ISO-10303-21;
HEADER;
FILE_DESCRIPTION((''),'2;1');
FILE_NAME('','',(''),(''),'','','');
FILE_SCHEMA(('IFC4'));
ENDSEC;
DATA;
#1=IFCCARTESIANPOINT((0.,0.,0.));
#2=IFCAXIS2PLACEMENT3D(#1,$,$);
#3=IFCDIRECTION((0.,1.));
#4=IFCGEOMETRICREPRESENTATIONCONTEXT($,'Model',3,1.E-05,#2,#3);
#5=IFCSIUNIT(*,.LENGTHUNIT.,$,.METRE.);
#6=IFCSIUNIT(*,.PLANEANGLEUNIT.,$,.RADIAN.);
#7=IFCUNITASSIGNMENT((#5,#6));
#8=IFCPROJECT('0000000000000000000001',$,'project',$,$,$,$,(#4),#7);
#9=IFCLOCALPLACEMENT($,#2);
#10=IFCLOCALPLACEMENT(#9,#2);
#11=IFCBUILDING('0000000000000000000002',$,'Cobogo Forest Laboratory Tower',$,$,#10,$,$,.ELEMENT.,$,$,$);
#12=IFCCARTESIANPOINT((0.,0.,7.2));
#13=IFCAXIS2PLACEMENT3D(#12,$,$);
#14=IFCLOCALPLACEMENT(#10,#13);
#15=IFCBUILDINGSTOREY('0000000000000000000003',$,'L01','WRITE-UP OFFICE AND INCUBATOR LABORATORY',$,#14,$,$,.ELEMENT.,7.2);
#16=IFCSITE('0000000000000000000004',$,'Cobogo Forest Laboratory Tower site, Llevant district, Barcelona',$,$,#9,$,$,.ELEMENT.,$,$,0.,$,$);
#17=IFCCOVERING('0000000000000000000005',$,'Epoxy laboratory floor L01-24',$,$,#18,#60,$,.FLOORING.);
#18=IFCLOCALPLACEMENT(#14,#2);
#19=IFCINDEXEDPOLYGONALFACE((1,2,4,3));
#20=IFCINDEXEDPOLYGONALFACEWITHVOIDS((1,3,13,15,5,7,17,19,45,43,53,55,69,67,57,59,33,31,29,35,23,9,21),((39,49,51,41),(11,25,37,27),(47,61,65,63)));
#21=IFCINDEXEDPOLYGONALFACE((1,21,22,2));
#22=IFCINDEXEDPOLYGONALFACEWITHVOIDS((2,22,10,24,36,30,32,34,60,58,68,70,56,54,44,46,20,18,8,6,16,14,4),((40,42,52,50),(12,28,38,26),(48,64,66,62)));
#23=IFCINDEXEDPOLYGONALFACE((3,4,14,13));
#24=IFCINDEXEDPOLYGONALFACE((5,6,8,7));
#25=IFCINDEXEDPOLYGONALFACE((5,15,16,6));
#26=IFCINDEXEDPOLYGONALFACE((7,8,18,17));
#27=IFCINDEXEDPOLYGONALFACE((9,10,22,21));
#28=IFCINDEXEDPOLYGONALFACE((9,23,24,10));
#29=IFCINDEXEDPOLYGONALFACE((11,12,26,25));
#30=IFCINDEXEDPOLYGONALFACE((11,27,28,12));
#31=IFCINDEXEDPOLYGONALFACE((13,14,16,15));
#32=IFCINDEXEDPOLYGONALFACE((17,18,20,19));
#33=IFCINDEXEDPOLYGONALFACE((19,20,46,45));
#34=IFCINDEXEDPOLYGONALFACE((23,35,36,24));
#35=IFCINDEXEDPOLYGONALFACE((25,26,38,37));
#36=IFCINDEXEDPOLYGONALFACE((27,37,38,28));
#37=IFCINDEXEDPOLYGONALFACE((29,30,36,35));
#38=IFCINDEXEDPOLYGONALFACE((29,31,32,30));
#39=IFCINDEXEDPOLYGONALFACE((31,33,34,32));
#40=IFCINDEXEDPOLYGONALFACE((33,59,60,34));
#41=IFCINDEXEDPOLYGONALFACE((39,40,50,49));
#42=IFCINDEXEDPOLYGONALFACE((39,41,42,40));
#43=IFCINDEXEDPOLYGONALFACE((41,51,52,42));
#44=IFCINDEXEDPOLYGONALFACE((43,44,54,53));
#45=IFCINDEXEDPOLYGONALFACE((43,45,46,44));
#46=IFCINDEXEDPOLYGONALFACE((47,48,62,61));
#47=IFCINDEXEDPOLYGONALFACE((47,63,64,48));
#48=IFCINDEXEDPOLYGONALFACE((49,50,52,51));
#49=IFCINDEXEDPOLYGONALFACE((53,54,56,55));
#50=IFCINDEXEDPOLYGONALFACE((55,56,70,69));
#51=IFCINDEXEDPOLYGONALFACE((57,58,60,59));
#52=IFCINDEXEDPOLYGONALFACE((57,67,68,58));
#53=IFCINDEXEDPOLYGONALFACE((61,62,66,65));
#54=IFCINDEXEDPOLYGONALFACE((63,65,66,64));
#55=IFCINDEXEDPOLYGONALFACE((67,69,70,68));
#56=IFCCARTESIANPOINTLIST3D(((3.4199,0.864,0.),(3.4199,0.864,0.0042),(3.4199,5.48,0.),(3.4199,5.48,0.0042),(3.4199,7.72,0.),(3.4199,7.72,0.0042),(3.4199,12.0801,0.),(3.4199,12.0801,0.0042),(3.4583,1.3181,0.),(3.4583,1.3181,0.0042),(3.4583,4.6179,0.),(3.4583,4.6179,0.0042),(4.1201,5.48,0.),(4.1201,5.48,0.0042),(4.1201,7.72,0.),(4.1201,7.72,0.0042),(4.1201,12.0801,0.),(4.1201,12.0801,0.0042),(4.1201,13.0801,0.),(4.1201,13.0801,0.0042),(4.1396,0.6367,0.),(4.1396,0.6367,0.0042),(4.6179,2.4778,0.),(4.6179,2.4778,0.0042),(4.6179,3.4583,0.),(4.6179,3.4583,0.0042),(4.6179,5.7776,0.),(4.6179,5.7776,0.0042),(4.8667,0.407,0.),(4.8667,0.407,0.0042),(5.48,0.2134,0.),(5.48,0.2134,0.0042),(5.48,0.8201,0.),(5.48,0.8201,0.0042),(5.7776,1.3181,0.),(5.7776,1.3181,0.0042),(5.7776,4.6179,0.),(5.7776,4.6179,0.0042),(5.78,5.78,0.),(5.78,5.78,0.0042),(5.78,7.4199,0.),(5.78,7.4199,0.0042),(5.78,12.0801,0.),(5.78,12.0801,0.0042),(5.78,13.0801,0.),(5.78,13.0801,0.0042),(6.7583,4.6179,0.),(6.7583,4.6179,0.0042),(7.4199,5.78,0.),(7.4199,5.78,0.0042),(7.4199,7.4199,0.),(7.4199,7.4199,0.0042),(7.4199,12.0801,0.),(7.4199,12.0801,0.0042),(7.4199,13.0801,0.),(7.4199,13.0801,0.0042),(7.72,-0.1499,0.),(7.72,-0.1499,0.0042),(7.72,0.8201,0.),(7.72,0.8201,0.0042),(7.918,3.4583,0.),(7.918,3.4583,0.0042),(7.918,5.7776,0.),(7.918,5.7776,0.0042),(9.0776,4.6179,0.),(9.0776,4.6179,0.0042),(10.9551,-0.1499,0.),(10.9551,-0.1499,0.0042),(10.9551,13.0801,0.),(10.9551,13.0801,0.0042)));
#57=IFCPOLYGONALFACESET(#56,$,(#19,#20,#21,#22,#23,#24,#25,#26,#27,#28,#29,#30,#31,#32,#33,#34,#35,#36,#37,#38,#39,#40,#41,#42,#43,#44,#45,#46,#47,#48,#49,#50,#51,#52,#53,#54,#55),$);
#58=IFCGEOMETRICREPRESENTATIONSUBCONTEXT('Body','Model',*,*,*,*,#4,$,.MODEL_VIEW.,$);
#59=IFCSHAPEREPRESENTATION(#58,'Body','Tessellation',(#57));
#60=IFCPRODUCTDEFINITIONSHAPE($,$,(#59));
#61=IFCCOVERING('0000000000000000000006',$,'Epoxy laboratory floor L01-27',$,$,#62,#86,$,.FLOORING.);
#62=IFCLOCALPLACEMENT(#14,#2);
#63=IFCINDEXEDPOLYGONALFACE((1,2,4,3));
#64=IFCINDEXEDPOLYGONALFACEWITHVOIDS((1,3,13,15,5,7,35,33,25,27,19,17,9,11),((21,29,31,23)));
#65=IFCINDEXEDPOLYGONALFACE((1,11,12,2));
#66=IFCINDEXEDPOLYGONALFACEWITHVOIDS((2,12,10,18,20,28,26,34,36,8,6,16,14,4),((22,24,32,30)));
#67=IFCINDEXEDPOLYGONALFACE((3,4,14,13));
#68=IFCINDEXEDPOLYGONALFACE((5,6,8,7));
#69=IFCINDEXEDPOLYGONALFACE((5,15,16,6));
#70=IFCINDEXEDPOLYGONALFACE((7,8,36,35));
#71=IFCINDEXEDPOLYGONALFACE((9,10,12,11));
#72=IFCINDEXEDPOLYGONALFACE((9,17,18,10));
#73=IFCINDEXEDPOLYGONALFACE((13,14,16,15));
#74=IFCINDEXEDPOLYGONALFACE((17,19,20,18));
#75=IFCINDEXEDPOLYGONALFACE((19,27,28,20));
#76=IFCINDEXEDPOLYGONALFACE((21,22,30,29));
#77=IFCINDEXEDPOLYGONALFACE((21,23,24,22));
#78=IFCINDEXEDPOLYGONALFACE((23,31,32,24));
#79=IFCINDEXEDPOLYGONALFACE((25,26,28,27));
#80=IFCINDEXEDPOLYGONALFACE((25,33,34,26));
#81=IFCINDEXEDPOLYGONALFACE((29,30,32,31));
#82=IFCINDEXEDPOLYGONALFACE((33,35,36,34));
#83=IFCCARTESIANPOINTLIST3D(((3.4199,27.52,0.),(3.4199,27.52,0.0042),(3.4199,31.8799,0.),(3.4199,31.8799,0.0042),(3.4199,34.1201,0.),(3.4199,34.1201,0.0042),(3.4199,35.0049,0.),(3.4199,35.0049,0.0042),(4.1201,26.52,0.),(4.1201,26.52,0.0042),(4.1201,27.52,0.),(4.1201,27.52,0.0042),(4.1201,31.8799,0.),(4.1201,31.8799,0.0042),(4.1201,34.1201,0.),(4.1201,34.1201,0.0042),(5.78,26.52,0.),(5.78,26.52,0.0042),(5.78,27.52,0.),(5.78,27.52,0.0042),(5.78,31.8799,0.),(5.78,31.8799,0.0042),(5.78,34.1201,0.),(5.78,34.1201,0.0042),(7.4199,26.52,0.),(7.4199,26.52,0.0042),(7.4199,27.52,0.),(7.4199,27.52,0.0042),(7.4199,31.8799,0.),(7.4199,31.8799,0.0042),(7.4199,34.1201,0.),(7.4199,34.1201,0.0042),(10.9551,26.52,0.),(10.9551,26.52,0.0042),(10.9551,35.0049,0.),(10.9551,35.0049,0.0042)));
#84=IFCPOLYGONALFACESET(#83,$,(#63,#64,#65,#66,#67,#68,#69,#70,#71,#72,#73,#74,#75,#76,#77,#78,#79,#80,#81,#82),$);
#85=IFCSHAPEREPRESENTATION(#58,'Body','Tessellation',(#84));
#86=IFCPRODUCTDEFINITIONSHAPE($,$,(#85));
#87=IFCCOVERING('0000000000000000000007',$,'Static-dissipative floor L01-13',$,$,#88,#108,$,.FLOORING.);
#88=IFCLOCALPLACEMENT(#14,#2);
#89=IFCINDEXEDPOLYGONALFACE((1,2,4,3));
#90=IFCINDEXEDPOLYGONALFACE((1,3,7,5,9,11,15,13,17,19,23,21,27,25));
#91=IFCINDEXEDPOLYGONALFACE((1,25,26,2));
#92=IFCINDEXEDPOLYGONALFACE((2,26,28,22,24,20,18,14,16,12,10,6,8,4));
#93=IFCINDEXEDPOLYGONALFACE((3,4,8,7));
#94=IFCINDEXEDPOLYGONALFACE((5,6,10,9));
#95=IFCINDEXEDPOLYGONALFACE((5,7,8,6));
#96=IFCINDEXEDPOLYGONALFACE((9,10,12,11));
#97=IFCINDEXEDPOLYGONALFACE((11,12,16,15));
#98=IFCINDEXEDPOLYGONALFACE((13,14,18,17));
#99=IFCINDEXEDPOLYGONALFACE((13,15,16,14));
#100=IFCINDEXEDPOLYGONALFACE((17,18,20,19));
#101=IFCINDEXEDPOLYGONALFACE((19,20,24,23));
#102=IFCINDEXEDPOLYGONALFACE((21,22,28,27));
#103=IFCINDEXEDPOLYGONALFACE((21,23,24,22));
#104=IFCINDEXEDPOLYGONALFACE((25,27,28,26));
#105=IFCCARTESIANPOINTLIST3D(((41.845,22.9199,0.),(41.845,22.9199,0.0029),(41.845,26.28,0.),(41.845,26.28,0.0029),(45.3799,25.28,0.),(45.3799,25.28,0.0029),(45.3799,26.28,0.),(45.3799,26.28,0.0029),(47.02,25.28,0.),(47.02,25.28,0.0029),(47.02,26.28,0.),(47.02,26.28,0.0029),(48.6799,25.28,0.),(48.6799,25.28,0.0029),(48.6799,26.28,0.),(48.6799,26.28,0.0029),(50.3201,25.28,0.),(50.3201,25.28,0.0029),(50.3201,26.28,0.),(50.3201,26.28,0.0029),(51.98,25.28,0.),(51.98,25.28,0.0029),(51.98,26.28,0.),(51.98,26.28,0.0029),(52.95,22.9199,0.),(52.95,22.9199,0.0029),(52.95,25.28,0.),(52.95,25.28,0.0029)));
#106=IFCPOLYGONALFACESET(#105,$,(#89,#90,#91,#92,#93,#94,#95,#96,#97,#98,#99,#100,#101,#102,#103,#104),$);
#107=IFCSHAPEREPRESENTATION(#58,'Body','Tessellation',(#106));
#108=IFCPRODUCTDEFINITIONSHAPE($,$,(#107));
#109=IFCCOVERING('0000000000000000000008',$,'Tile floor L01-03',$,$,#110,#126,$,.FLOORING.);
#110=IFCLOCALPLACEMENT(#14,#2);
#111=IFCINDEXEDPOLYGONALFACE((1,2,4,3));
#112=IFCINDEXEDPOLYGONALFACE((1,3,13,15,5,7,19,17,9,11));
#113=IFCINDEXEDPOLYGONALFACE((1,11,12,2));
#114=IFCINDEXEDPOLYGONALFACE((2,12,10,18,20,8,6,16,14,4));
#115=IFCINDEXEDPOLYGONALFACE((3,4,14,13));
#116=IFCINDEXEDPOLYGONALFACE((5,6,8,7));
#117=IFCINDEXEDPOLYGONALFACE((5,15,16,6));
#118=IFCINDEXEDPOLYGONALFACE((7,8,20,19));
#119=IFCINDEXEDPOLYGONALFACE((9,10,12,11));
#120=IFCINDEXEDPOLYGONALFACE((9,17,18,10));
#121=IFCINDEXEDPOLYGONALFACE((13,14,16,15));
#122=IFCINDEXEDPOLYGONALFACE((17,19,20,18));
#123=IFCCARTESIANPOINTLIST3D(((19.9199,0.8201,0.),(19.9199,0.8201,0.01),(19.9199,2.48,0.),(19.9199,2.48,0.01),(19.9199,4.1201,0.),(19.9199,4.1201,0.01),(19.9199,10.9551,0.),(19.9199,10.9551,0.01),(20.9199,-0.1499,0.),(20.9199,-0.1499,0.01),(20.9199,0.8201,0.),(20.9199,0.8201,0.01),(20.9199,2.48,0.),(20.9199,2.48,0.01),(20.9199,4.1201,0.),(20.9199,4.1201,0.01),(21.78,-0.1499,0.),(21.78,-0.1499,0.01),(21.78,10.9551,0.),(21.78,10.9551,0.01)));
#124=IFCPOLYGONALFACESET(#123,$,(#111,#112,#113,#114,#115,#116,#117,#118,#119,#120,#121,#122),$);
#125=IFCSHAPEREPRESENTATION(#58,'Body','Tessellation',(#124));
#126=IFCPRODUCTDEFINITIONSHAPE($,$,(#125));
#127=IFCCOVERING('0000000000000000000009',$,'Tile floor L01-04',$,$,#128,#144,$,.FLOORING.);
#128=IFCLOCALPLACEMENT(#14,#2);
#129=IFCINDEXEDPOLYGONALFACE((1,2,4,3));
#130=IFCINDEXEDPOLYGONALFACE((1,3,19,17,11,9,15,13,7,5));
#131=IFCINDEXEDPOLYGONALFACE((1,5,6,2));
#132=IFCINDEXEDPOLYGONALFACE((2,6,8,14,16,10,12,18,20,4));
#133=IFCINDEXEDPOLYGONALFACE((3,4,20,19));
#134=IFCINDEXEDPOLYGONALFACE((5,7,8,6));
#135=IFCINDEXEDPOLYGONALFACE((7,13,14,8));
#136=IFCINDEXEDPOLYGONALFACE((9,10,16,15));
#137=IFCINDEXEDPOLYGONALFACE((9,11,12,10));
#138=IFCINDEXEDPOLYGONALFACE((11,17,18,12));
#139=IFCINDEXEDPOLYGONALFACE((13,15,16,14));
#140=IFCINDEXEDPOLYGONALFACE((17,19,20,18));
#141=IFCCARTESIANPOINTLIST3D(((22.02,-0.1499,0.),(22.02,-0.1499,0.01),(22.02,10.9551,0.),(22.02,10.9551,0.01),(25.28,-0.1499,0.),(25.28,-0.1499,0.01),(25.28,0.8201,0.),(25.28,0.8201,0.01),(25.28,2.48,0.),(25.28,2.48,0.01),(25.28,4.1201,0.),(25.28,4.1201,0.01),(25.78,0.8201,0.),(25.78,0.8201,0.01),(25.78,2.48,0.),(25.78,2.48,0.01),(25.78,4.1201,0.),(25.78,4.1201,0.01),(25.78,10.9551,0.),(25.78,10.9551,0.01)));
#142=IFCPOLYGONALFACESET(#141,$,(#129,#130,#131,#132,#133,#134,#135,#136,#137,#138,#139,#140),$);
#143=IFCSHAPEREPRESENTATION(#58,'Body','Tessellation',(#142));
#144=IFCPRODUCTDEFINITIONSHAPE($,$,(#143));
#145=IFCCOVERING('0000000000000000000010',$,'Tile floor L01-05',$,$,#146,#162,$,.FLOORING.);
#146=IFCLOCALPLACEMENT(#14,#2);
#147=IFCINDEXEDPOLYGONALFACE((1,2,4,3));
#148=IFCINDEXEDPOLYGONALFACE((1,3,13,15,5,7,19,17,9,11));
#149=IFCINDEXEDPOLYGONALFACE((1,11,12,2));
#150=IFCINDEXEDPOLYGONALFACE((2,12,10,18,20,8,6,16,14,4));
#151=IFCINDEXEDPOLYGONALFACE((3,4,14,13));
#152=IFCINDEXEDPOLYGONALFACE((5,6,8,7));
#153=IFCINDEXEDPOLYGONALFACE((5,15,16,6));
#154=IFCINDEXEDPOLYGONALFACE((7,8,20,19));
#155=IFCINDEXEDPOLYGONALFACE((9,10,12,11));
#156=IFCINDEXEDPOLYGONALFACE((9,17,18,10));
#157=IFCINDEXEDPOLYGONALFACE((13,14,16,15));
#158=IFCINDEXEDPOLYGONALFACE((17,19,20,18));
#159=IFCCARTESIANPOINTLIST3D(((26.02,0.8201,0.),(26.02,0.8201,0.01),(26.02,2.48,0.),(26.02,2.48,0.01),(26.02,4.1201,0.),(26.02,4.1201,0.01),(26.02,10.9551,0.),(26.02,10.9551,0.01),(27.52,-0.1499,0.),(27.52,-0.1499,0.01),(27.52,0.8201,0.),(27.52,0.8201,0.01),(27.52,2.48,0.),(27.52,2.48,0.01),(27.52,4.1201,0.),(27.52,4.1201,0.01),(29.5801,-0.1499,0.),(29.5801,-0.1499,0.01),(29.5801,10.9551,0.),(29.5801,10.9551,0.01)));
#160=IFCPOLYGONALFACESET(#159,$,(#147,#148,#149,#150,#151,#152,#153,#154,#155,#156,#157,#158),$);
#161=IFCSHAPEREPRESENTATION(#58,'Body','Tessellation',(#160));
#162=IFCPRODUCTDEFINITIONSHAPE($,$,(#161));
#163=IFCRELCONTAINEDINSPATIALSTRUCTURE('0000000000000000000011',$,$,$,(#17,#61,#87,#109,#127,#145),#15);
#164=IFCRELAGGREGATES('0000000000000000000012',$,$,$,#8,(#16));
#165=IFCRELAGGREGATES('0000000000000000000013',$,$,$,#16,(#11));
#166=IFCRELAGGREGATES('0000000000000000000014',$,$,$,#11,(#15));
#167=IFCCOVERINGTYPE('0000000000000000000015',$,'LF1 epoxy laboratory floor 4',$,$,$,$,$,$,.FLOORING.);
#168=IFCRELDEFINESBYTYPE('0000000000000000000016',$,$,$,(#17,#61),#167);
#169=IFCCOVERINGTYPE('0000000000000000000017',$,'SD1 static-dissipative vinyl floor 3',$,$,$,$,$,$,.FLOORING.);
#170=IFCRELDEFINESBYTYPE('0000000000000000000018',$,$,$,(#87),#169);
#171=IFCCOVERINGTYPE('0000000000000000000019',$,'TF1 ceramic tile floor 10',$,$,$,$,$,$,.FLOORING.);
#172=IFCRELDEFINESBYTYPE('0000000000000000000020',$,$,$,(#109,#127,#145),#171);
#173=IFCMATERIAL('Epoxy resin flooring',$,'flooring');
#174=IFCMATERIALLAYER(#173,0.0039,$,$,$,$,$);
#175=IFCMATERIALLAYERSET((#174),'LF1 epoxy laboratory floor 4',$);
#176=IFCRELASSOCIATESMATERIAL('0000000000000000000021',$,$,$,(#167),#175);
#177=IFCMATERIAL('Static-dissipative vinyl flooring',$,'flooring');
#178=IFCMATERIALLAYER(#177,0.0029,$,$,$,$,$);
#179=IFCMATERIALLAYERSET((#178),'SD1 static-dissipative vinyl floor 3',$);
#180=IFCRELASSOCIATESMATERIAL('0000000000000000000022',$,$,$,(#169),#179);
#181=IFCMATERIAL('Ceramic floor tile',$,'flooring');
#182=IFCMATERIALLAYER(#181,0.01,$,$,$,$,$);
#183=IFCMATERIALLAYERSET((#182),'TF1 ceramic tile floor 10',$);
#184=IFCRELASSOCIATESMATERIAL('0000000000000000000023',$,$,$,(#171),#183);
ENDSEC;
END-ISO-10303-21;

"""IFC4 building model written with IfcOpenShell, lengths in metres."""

from ifc_helpers import new_model, si_unit, direction, frame, origin, place, context, subcontext, project, spatial, polyline, outline, extrude, material, layer, layer_set, type_object, element, save


model = new_model("IFC4")

# Units and contexts
model_context = context("Model", 3, precision=1e-05, world=origin(), true_north=direction((0.0, 1.0)))
body_context = subcontext(model_context, "Body", "Model", "MODEL_VIEW")
ifc_project = project(units=[si_unit("LENGTHUNIT", "METRE"), si_unit("PLANEANGLEUNIT", "RADIAN")], contexts=[model_context])

# Site, building, storey
site_placement = place(None, origin())
site = spatial("IfcSite", under=ifc_project, at=site_placement, Name="Cobogo Forest Laboratory Tower site, Llevant district, Barcelona", CompositionType="ELEMENT", RefElevation=0.0)
building_placement = place(site_placement, origin())
building = spatial("IfcBuilding", under=site, at=building_placement, Name="Cobogo Forest Laboratory Tower", CompositionType="ELEMENT")
storey_placement = place(building_placement, frame((0.0, 0.0, 7.2)))
storey = spatial("IfcBuildingStorey", under=building, at=storey_placement, Name="L01", Description="WRITE-UP OFFICE AND INCUBATOR LABORATORY", CompositionType="ELEMENT", Elevation=7.2)

# Coverings
ifc_material_1 = material(Name="Epoxy resin flooring", Category="flooring")
ifc_layer_1 = layer(ifc_material_1, 0.0039)
ifc_layer_set_1 = layer_set([ifc_layer_1], Name="LF1 epoxy laboratory floor 4")
covering_type_1 = type_object("IfcCoveringType", Name="LF1 epoxy laboratory floor 4", PredefinedType="FLOORING", material=ifc_layer_set_1)
covering_1_placement = place(storey_placement, origin())
element("IfcCovering", 1, at=covering_1_placement, inside=storey, type_object=covering_type_1, Name="Epoxy laboratory floor L01-24", PredefinedType="FLOORING", context=body_context, shape_type="SweptSolid", body=[
    extrude(outline(polyline([(5.78, 13.0801), (5.78, 12.0801), (7.4199, 12.0801), (7.4199, 13.0801), (10.9551, 13.0801), (10.9551, -0.1499), (7.72, -0.1499), (7.72, 0.8201), (5.48, 0.8201), (5.48, 0.2134), (4.8667, 0.407), (5.7776, 1.3181), (4.6179, 2.4778), (3.4583, 1.3181), (4.1396, 0.6367), (3.4199, 0.864), (3.4199, 5.48), (4.1201, 5.48), (4.1201, 7.72), (3.4199, 7.72), (3.4199, 12.0801), (4.1201, 12.0801), (4.1201, 13.0801), (5.78, 13.0801)]), holes=[polyline([(7.918, 5.7776), (6.7583, 4.6179), (7.918, 3.4583), (9.0776, 4.6179), (7.918, 5.7776)]), polyline([(5.78, 7.4199), (5.78, 5.78), (7.4199, 5.78), (7.4199, 7.4199), (5.78, 7.4199)]), polyline([(3.4583, 4.6179), (4.6179, 3.4583), (5.7776, 4.6179), (4.6179, 5.7776), (3.4583, 4.6179)])]), origin(), (0.0, 0.0, 1.0), 0.0042),
])
covering_2_placement = place(storey_placement, origin())
element("IfcCovering", 2, at=covering_2_placement, inside=storey, type_object=covering_type_1, Name="Epoxy laboratory floor L01-27", PredefinedType="FLOORING", context=body_context, shape_type="SweptSolid", body=[
    extrude(outline(polyline([(3.4199, 31.8799), (4.1201, 31.8799), (4.1201, 34.1201), (3.4199, 34.1201), (3.4199, 35.0049), (10.9551, 35.0049), (10.9551, 26.52), (7.4199, 26.52), (7.4199, 27.52), (5.78, 27.52), (5.78, 26.52), (4.1201, 26.52), (4.1201, 27.52), (3.4199, 27.52), (3.4199, 31.8799)]), holes=[polyline([(5.78, 31.8799), (7.4199, 31.8799), (7.4199, 34.1201), (5.78, 34.1201), (5.78, 31.8799)])]), origin(), (0.0, 0.0, 1.0), 0.0042),
])
ifc_material_2 = material(Name="Static-dissipative vinyl flooring", Category="flooring")
ifc_layer_2 = layer(ifc_material_2, 0.0029)
ifc_layer_set_2 = layer_set([ifc_layer_2], Name="SD1 static-dissipative vinyl floor 3")
covering_type_2 = type_object("IfcCoveringType", Name="SD1 static-dissipative vinyl floor 3", PredefinedType="FLOORING", material=ifc_layer_set_2)
covering_3_placement = place(storey_placement, origin())
element("IfcCovering", 3, at=covering_3_placement, inside=storey, type_object=covering_type_2, Name="Static-dissipative floor L01-13", PredefinedType="FLOORING", context=body_context, shape_type="SweptSolid", body=[
    extrude(outline(polyline([(41.845, 26.28), (45.3799, 26.28), (45.3799, 25.28), (47.02, 25.28), (47.02, 26.28), (48.6799, 26.28), (48.6799, 25.28), (50.3201, 25.28), (50.3201, 26.28), (51.98, 26.28), (51.98, 25.28), (52.95, 25.28), (52.95, 22.9199), (41.845, 22.9199), (41.845, 26.28)])), origin(), (0.0, 0.0, 1.0), 0.0029),
])
ifc_material_3 = material(Name="Ceramic floor tile", Category="flooring")
ifc_layer_3 = layer(ifc_material_3, 0.01)
ifc_layer_set_3 = layer_set([ifc_layer_3], Name="TF1 ceramic tile floor 10")
covering_type_3 = type_object("IfcCoveringType", Name="TF1 ceramic tile floor 10", PredefinedType="FLOORING", material=ifc_layer_set_3)
covering_4_placement = place(storey_placement, origin())
element("IfcCovering", 4, at=covering_4_placement, inside=storey, type_object=covering_type_3, Name="Tile floor L01-03", PredefinedType="FLOORING", context=body_context, shape_type="SweptSolid", body=[
    extrude(outline(polyline([(21.78, 10.9551), (21.78, -0.1499), (20.9199, -0.1499), (20.9199, 0.8201), (19.9199, 0.8201), (19.9199, 2.48), (20.9199, 2.48), (20.9199, 4.1201), (19.9199, 4.1201), (19.9199, 10.9551), (21.78, 10.9551)])), origin(), (0.0, 0.0, 1.0), 0.01),
])
covering_5_placement = place(storey_placement, origin())
element("IfcCovering", 5, at=covering_5_placement, inside=storey, type_object=covering_type_3, Name="Tile floor L01-04", PredefinedType="FLOORING", context=body_context, shape_type="SweptSolid", body=[
    extrude(outline(polyline([(25.78, 10.9551), (25.78, 4.1201), (25.28, 4.1201), (25.28, 2.48), (25.78, 2.48), (25.78, 0.8201), (25.28, 0.8201), (25.28, -0.1499), (22.02, -0.1499), (22.02, 10.9551), (25.78, 10.9551)])), origin(), (0.0, 0.0, 1.0), 0.01),
])
covering_6_placement = place(storey_placement, origin())
element("IfcCovering", 6, at=covering_6_placement, inside=storey, type_object=covering_type_3, Name="Tile floor L01-05", PredefinedType="FLOORING", context=body_context, shape_type="SweptSolid", body=[
    extrude(outline(polyline([(29.5801, 10.9551), (29.5801, -0.1499), (27.52, -0.1499), (27.52, 0.8201), (26.02, 0.8201), (26.02, 2.48), (27.52, 2.48), (27.52, 4.1201), (26.02, 4.1201), (26.02, 10.9551), (29.5801, 10.9551)])), origin(), (0.0, 0.0, 1.0), 0.01),
])

save(model, "model.ifc")
